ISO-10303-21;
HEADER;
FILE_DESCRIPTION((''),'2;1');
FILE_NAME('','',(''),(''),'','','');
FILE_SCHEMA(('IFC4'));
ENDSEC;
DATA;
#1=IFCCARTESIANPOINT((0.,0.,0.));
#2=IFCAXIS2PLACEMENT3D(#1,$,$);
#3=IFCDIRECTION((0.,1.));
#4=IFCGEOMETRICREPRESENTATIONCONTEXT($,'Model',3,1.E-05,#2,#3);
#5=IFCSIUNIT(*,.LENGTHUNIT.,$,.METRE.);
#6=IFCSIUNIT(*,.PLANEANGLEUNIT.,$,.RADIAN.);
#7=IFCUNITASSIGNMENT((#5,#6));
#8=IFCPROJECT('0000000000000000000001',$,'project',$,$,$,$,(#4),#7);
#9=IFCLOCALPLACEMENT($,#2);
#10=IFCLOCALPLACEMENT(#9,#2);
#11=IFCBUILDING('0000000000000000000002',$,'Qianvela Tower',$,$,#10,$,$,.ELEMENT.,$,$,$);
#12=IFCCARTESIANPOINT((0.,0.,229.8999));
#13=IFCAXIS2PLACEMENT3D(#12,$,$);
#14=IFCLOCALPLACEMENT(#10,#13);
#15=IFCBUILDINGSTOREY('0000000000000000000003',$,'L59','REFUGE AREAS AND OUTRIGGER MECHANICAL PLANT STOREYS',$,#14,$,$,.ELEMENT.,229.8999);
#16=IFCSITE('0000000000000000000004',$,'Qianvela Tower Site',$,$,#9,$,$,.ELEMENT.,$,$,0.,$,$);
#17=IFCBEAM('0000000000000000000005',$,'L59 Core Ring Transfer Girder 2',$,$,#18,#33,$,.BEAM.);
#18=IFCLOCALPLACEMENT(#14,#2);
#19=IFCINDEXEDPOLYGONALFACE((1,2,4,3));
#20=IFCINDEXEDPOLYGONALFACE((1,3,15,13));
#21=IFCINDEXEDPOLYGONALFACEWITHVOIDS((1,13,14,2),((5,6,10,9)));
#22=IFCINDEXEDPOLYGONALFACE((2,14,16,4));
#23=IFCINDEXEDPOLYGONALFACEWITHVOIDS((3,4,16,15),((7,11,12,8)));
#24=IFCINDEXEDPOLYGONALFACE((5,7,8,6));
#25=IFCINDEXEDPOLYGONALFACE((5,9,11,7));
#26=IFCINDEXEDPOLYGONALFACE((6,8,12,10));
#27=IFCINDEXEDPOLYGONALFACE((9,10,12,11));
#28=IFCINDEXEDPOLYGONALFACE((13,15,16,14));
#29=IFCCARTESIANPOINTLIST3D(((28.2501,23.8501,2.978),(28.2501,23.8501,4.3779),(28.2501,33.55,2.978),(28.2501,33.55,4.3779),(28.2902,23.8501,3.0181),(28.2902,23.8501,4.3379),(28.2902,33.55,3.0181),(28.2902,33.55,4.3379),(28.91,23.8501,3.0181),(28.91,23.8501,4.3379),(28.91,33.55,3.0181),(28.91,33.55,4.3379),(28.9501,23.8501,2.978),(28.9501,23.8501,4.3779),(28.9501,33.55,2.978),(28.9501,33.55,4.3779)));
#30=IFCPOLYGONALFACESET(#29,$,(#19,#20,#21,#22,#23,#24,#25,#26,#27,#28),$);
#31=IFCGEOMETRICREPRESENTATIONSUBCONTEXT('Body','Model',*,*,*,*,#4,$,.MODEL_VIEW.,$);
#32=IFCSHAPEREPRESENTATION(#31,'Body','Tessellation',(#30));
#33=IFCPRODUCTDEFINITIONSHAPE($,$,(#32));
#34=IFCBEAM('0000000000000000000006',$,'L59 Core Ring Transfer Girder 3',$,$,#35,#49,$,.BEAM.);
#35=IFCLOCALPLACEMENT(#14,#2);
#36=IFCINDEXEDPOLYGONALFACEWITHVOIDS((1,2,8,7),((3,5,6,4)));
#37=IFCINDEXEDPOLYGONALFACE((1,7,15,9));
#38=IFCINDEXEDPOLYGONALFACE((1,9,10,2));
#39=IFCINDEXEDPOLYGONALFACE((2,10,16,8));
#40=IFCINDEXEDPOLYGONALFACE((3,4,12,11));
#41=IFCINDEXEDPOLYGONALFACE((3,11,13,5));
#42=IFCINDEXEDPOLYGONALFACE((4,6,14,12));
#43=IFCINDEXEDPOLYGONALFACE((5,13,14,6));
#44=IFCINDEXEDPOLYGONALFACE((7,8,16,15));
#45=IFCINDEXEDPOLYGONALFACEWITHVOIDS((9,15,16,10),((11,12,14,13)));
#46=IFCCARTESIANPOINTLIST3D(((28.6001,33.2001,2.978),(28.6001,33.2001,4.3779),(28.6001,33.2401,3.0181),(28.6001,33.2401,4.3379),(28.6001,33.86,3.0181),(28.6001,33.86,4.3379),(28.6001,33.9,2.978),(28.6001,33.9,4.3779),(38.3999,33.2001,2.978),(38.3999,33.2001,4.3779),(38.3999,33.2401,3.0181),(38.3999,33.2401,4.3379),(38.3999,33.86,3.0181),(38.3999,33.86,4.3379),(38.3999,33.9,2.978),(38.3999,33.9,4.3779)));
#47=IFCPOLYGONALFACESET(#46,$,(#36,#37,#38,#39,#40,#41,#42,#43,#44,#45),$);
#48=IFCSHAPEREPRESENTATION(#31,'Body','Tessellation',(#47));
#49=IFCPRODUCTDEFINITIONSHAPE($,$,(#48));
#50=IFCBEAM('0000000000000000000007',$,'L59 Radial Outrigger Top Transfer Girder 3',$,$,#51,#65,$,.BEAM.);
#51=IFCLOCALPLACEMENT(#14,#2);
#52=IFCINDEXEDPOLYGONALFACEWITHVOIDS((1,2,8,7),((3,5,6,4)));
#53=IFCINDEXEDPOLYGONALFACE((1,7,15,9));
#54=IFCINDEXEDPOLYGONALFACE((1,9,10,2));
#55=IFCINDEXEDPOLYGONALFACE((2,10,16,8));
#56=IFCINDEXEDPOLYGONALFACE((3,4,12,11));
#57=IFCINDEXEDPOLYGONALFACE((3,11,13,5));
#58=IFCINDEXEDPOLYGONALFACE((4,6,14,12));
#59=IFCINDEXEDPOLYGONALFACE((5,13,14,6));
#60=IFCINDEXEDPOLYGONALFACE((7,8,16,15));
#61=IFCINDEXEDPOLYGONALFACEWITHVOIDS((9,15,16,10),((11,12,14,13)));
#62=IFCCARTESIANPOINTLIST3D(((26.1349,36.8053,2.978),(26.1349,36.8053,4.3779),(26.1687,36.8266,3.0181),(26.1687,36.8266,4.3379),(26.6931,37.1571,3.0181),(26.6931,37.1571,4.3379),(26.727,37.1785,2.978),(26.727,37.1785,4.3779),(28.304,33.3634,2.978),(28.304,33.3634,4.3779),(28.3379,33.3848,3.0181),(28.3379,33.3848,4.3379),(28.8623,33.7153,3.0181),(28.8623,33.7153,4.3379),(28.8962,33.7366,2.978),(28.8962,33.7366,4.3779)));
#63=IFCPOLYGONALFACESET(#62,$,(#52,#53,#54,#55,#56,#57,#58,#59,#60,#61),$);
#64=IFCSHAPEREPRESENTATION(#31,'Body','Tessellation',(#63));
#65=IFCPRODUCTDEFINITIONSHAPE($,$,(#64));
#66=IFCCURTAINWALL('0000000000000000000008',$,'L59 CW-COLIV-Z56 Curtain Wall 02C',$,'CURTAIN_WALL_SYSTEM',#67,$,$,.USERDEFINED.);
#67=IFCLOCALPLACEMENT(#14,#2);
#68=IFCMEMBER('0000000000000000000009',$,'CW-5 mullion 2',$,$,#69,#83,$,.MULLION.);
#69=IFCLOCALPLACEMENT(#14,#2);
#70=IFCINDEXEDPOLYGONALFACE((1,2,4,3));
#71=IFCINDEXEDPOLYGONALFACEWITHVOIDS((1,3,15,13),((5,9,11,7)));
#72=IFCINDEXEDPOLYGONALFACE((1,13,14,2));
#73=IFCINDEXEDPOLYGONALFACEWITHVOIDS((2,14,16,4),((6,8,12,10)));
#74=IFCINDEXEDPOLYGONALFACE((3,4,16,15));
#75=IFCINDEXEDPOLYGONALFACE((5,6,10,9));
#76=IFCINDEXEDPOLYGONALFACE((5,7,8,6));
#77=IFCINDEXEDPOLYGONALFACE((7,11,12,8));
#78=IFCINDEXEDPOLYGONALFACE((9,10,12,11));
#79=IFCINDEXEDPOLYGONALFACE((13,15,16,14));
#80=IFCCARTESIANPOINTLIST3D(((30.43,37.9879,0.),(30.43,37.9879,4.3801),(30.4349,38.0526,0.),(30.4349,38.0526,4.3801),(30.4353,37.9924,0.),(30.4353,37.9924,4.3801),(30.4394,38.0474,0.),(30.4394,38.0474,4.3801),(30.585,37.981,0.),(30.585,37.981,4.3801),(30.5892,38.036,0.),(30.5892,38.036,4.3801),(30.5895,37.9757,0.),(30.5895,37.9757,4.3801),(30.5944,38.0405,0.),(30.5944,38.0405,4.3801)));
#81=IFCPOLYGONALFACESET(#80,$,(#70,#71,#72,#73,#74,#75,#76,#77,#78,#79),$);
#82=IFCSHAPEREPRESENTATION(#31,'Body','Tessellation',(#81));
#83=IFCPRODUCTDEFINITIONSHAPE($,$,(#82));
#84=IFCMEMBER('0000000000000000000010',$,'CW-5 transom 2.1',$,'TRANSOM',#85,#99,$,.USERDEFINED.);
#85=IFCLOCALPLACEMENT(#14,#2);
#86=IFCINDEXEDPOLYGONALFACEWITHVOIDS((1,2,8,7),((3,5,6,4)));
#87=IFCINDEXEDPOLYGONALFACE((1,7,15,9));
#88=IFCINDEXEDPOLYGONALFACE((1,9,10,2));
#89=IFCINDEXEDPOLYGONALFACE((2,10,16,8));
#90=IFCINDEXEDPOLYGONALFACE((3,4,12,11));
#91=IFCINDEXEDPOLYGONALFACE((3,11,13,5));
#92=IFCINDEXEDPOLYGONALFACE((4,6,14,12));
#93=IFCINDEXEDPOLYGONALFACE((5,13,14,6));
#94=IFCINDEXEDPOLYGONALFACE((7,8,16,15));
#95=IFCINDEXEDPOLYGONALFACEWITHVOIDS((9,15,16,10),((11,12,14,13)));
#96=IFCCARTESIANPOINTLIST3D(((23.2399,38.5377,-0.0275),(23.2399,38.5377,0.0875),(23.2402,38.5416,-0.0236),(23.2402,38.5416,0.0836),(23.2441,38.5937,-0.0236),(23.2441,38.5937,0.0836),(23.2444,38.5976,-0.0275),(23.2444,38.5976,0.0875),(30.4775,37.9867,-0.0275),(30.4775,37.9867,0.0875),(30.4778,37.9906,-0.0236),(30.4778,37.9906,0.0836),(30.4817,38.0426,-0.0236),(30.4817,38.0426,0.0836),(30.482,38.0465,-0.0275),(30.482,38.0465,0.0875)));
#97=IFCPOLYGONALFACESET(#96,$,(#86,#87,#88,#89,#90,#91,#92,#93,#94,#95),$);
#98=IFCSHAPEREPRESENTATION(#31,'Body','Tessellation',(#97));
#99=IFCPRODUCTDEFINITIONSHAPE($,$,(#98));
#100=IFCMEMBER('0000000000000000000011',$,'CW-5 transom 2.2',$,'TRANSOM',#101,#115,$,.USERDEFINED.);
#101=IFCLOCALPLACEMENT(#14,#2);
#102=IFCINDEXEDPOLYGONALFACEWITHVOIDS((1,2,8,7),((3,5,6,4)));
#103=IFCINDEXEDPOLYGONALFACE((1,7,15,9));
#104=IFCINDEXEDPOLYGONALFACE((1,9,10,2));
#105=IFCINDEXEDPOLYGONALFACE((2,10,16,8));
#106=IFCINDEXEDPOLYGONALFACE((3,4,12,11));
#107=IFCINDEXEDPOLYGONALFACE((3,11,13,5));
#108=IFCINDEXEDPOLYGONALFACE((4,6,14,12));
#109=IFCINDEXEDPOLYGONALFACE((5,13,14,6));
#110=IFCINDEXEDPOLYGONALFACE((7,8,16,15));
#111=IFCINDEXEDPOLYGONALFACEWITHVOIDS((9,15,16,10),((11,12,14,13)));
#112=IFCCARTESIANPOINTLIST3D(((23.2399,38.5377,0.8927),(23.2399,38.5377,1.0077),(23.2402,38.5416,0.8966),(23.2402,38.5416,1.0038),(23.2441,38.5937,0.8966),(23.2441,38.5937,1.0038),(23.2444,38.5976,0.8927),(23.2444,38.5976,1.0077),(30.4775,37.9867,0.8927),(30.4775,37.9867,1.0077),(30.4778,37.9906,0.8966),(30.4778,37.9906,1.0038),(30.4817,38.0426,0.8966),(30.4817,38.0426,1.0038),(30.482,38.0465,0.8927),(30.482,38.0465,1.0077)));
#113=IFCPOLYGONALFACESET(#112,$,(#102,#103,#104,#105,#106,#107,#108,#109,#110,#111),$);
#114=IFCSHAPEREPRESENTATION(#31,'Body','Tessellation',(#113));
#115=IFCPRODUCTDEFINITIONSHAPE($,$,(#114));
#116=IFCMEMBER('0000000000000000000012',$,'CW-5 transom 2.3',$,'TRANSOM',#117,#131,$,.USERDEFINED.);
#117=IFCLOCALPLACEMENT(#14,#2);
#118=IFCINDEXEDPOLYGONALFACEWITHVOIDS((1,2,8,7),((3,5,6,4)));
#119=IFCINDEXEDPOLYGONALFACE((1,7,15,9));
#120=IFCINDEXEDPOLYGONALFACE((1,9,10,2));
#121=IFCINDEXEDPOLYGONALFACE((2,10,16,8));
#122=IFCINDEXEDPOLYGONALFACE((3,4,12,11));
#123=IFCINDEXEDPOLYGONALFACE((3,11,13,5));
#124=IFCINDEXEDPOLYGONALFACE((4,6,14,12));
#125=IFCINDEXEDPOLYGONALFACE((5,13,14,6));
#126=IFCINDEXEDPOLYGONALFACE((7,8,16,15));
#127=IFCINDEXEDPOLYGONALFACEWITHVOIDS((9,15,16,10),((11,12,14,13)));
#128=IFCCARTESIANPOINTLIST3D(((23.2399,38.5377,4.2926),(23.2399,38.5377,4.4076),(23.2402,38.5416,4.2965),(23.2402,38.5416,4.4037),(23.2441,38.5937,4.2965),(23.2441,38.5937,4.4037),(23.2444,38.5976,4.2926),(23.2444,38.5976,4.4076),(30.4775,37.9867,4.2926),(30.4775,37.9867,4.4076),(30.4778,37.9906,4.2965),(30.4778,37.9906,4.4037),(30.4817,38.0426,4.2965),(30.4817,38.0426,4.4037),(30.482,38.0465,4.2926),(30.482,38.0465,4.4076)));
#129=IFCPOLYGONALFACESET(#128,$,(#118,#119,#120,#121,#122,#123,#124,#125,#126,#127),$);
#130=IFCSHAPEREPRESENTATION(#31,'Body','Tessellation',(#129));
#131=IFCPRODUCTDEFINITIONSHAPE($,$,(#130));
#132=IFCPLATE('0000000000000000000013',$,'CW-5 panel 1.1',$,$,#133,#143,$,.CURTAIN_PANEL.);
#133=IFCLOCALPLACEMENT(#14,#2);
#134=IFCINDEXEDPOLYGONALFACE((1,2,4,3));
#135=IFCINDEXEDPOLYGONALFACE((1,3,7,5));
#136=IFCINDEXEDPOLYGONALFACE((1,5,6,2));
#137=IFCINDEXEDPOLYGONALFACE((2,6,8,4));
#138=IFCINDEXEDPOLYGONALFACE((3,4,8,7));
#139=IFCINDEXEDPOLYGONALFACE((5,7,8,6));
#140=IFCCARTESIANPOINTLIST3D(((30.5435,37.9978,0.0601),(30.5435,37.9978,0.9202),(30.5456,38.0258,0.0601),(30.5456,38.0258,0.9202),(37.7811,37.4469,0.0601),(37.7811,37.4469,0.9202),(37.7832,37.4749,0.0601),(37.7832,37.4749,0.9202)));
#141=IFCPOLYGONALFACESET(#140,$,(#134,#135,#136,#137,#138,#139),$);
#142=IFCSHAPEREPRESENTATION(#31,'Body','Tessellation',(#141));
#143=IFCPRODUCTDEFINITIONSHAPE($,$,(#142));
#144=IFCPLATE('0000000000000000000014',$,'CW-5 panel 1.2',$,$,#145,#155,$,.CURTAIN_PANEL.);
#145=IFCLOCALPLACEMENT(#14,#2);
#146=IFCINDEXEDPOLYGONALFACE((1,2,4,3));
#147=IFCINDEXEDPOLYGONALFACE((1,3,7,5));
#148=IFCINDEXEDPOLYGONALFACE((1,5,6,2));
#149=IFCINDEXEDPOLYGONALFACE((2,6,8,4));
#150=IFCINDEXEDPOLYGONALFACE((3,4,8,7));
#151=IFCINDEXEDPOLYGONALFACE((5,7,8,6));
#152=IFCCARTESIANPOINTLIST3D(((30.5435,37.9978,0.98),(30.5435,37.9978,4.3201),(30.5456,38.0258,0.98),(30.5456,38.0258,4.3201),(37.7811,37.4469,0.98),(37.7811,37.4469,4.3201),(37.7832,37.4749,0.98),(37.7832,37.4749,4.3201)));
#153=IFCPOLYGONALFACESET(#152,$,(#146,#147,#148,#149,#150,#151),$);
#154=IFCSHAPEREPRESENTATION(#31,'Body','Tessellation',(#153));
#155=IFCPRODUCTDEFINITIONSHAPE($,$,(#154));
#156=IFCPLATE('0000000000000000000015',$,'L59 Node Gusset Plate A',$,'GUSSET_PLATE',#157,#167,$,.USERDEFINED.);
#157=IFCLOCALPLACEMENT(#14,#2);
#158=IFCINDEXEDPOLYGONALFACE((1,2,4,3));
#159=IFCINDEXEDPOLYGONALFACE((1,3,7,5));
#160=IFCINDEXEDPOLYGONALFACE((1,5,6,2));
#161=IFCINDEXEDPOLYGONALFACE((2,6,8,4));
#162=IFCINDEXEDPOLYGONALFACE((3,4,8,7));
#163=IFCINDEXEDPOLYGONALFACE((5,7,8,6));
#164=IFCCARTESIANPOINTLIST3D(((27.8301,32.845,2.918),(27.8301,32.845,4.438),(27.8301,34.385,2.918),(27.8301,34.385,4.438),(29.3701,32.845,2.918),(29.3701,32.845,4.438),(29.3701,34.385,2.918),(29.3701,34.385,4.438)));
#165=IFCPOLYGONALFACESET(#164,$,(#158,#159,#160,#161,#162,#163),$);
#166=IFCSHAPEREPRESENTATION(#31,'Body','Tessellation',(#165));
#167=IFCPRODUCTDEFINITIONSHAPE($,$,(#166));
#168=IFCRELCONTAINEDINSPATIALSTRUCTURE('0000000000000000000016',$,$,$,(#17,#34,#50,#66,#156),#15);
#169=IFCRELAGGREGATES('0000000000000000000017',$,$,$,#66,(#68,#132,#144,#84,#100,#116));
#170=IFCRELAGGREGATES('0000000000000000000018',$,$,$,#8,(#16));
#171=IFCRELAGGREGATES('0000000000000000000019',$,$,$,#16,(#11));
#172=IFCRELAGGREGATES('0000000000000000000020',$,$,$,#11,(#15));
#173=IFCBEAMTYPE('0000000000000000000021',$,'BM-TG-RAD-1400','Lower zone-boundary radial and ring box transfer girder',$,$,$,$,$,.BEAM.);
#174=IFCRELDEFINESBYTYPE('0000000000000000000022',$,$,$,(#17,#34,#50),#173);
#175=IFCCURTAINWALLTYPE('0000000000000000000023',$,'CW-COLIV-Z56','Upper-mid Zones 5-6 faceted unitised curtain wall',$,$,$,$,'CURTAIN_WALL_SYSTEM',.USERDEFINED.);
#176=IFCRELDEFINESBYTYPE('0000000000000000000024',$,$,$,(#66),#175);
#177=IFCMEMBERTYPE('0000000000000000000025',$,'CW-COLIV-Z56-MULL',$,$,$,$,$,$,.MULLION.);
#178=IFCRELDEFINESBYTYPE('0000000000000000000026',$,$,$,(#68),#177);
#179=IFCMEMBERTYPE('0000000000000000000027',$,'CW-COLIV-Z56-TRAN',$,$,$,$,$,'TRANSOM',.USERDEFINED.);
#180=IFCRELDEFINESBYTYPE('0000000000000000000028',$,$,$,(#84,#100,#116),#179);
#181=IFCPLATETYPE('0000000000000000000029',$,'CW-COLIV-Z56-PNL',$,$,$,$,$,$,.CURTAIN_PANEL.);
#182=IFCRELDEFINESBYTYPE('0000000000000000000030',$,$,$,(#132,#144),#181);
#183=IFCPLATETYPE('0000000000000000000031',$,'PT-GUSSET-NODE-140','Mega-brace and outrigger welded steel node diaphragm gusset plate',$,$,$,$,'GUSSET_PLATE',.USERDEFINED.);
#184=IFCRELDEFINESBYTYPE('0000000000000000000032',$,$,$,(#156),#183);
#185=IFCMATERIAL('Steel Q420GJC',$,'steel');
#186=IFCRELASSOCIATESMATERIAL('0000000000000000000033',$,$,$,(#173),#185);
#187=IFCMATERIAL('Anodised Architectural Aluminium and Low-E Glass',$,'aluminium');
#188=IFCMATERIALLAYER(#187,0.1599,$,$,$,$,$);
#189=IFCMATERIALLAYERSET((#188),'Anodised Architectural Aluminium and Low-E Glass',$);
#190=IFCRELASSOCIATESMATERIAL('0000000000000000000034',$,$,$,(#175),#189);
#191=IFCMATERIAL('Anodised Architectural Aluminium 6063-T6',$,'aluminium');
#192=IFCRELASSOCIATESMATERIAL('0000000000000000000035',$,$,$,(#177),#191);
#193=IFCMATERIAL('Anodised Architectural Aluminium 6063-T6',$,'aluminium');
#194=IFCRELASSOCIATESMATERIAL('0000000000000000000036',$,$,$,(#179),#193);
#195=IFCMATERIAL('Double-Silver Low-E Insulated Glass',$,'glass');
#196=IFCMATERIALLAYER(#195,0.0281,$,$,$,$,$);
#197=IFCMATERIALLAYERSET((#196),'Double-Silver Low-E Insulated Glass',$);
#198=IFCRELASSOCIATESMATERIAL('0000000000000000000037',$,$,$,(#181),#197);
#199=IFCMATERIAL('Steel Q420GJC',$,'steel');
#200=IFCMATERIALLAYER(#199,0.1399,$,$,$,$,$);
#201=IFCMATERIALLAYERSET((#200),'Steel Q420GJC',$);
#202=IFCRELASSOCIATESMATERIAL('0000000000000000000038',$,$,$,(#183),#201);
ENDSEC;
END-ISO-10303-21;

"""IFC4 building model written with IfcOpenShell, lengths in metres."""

from ifc_helpers import new_model, si_unit, direction, frame, origin, origin_2d, place, context, subcontext, project, spatial, rectangle, hollow_rectangle, extrude, material, layer, layer_set, material_profile, profile_set, type_object, element, aggregate, save


model = new_model("IFC4")

# Units and contexts
model_context = context("Model", 3, precision=1e-05, world=origin(), true_north=direction((0.0, 1.0)))
body_context = subcontext(model_context, "Body", "Model", "MODEL_VIEW")
ifc_project = project(units=[si_unit("LENGTHUNIT", "METRE"), si_unit("PLANEANGLEUNIT", "RADIAN")], contexts=[model_context])

# Site, building, storey
site_placement = place(None, origin())
site = spatial("IfcSite", under=ifc_project, at=site_placement, Name="Qianvela Tower Site", CompositionType="ELEMENT", RefElevation=0.0)
building_placement = place(site_placement, origin())
building = spatial("IfcBuilding", under=site, at=building_placement, Name="Qianvela Tower", CompositionType="ELEMENT")
storey_placement = place(building_placement, frame((0.0, 0.0, 229.8999)))
storey = spatial("IfcBuildingStorey", under=building, at=storey_placement, Name="L59", Description="REFUGE AREAS AND OUTRIGGER MECHANICAL PLANT STOREYS", CompositionType="ELEMENT", Elevation=229.8999)

# Beams
ifc_material_1 = material(Name="Steel Q420GJC", Category="steel")
ifc_material_profile_1 = material_profile(ifc_material_1, hollow_rectangle(XDim=0.7, YDim=1.3999, WallThickness=0.04, at=origin_2d()), Name="TG-BOX-1400x700x40")
ifc_profile_set_1 = profile_set([ifc_material_profile_1], Name="Steel Q420GJC")
beam_type = type_object("IfcBeamType", Name="BM-TG-RAD-1400", Description="Lower zone-boundary radial and ring box transfer girder", PredefinedType="BEAM", material=ifc_profile_set_1)
beam_1_placement = place(storey_placement, frame((28.6001, 33.55, 3.678), z_axis=(0.0, -1.0, 0.0), x_axis=(1.0, 0.0, 0.0)))
element("IfcBeam", 1, at=beam_1_placement, inside=storey, type_object=beam_type, Name="L59 Core Ring Transfer Girder 2", PredefinedType="BEAM", context=body_context, shape_type="SweptSolid", body=[
    extrude(hollow_rectangle(XDim=0.7, YDim=1.3999, WallThickness=0.04, at=origin_2d()), origin(), (0.0, 0.0, 1.0), 9.7),
])
beam_2_placement = place(storey_placement, frame((28.6001, 33.55, 3.678), z_axis=(1.0, 0.0, 0.0), x_axis=(0.0, 1.0, 0.0)))
element("IfcBeam", 2, at=beam_2_placement, inside=storey, type_object=beam_type, Name="L59 Core Ring Transfer Girder 3", PredefinedType="BEAM", context=body_context, shape_type="SweptSolid", body=[
    extrude(hollow_rectangle(XDim=0.7, YDim=1.3999, WallThickness=0.04, at=origin_2d()), origin(), (0.0, 0.0, 1.0), 9.7998),
])
beam_3_placement = place(storey_placement, frame((28.6001, 33.55, 3.678), z_axis=(-0.533178, 0.846003, 0.0), x_axis=(-0.846003, -0.533178, 0.0)))
element("IfcBeam", 3, at=beam_3_placement, inside=storey, type_object=beam_type, Name="L59 Radial Outrigger Top Transfer Girder 3", PredefinedType="BEAM", context=body_context, shape_type="SweptSolid", body=[
    extrude(hollow_rectangle(XDim=0.7, YDim=1.3999, WallThickness=0.04, at=origin_2d()), origin(), (0.0, 0.0, 1.0), 4.0684),
])

# Curtain wall, members, plates
ifc_material_2 = material(Name="Anodised Architectural Aluminium and Low-E Glass", Category="aluminium")
ifc_layer_1 = layer(ifc_material_2, 0.1599)
ifc_layer_set_1 = layer_set([ifc_layer_1], Name="Anodised Architectural Aluminium and Low-E Glass")
curtain_wall_type = type_object("IfcCurtainWallType", Name="CW-COLIV-Z56", Description="Upper-mid Zones 5-6 faceted unitised curtain wall", ElementType="CURTAIN_WALL_SYSTEM", PredefinedType="USERDEFINED", material=ifc_layer_set_1)
curtain_wall_placement = place(storey_placement, origin())
curtain_wall = element("IfcCurtainWall", 4, at=curtain_wall_placement, inside=storey, type_object=curtain_wall_type, Name="L59 CW-COLIV-Z56 Curtain Wall 02C", ObjectType="CURTAIN_WALL_SYSTEM", PredefinedType="USERDEFINED")
ifc_material_3 = material(Name="Anodised Architectural Aluminium 6063-T6", Category="aluminium")
ifc_material_profile_2 = material_profile(ifc_material_3, hollow_rectangle(XDim=0.0649, YDim=0.1599, WallThickness=0.0049, at=origin_2d()), Name="ALU-MULL-65x160")
ifc_profile_set_2 = profile_set([ifc_material_profile_2], Name="Anodised Architectural Aluminium 6063-T6")
member_type_1 = type_object("IfcMemberType", Name="CW-COLIV-Z56-MULL", PredefinedType="MULLION", material=ifc_profile_set_2)
member_1_placement = place(storey_placement, frame((30.5122, 38.0142, 0.0), z_axis=(0.0, 0.0, 1.0), x_axis=(-0.075903, -0.997115, 0.0)))
member_1 = element("IfcMember", 5, at=member_1_placement, type_object=member_type_1, Name="CW-5 mullion 2", PredefinedType="MULLION", context=body_context, shape_type="SweptSolid", body=[
    extrude(hollow_rectangle(XDim=0.0649, YDim=0.1599, WallThickness=0.0049, at=origin_2d()), origin(), (0.0, 0.0, 1.0), 4.3801),
])
ifc_material_4 = material(Name="Anodised Architectural Aluminium 6063-T6", Category="aluminium")
ifc_material_profile_3 = material_profile(ifc_material_4, hollow_rectangle(XDim=0.0601, YDim=0.115, WallThickness=0.0039, at=origin_2d()), Name="ALU-TRAN-60x115")
ifc_profile_set_3 = profile_set([ifc_material_profile_3], Name="Anodised Architectural Aluminium 6063-T6")
member_type_2 = type_object("IfcMemberType", Name="CW-COLIV-Z56-TRAN", ElementType="TRANSOM", PredefinedType="USERDEFINED", material=ifc_profile_set_3)
member_2_placement = place(storey_placement, frame((30.4797, 38.0166, 0.03), z_axis=(-0.997114, 0.075915, 0.0), x_axis=(-0.075915, -0.997114, 0.0)))
member_2 = element("IfcMember", 6, at=member_2_placement, type_object=member_type_2, Name="CW-5 transom 2.1", ObjectType="TRANSOM", PredefinedType="USERDEFINED", context=body_context, shape_type="SweptSolid", body=[
    extrude(hollow_rectangle(XDim=0.0601, YDim=0.115, WallThickness=0.0039, at=origin_2d()), origin(), (0.0, 0.0, 1.0), 7.2585),
])
member_3_placement = place(storey_placement, frame((30.4797, 38.0166, 0.9502), z_axis=(-0.997114, 0.075915, 0.0), x_axis=(-0.075915, -0.997114, 0.0)))
member_3 = element("IfcMember", 7, at=member_3_placement, type_object=member_type_2, Name="CW-5 transom 2.2", ObjectType="TRANSOM", PredefinedType="USERDEFINED", context=body_context, shape_type="SweptSolid", body=[
    extrude(hollow_rectangle(XDim=0.0601, YDim=0.115, WallThickness=0.0039, at=origin_2d()), origin(), (0.0, 0.0, 1.0), 7.2585),
])
member_4_placement = place(storey_placement, frame((30.4797, 38.0166, 4.3501), z_axis=(-0.997114, 0.075915, 0.0), x_axis=(-0.075915, -0.997114, 0.0)))
member_4 = element("IfcMember", 8, at=member_4_placement, type_object=member_type_2, Name="CW-5 transom 2.3", ObjectType="TRANSOM", PredefinedType="USERDEFINED", context=body_context, shape_type="SweptSolid", body=[
    extrude(hollow_rectangle(XDim=0.0601, YDim=0.115, WallThickness=0.0039, at=origin_2d()), origin(), (0.0, 0.0, 1.0), 7.2585),
])
ifc_material_5 = material(Name="Double-Silver Low-E Insulated Glass", Category="glass")
ifc_layer_2 = layer(ifc_material_5, 0.0281)
ifc_layer_set_2 = layer_set([ifc_layer_2], Name="Double-Silver Low-E Insulated Glass")
plate_type_1 = type_object("IfcPlateType", Name="CW-COLIV-Z56-PNL", PredefinedType="CURTAIN_PANEL", material=ifc_layer_set_2)
plate_1_placement = place(storey_placement, frame((34.1633, 37.7363, 0.0601), z_axis=(0.0, 0.0, 1.0), x_axis=(-0.997115, 0.075903, 0.0)))
plate_1 = element("IfcPlate", 9, at=plate_1_placement, type_object=plate_type_1, Name="CW-5 panel 1.1", PredefinedType="CURTAIN_PANEL", context=body_context, shape_type="SweptSolid", body=[
    extrude(rectangle(XDim=7.2585, YDim=0.0281, at=origin_2d()), origin(), (0.0, 0.0, 1.0), 0.8601),
])
plate_2_placement = place(storey_placement, frame((34.1633, 37.7363, 0.98), z_axis=(0.0, 0.0, 1.0), x_axis=(-0.997115, 0.075903, 0.0)))
plate_2 = element("IfcPlate", 10, at=plate_2_placement, type_object=plate_type_1, Name="CW-5 panel 1.2", PredefinedType="CURTAIN_PANEL", context=body_context, shape_type="SweptSolid", body=[
    extrude(rectangle(XDim=7.2585, YDim=0.0281, at=origin_2d()), origin(), (0.0, 0.0, 1.0), 3.3401),
])
aggregate(curtain_wall, [member_1, plate_1, plate_2, member_2, member_3, member_4])

# Plate
ifc_material_6 = material(Name="Steel Q420GJC", Category="steel")
ifc_layer_3 = layer(ifc_material_6, 0.1399)
ifc_layer_set_3 = layer_set([ifc_layer_3], Name="Steel Q420GJC")
plate_type_2 = type_object("IfcPlateType", Name="PT-GUSSET-NODE-140", Description="Mega-brace and outrigger welded steel node diaphragm gusset plate", ElementType="GUSSET_PLATE", PredefinedType="USERDEFINED", material=ifc_layer_set_3)
plate_3_placement = place(storey_placement, frame((28.6001, 33.615, 2.918), z_axis=(0.0, 0.0, 1.0), x_axis=(1.0, 0.0, 0.0)))
element("IfcPlate", 11, at=plate_3_placement, inside=storey, type_object=plate_type_2, Name="L59 Node Gusset Plate A", ObjectType="GUSSET_PLATE", PredefinedType="USERDEFINED", context=body_context, shape_type="SweptSolid", body=[
    extrude(rectangle(XDim=1.54, YDim=1.54, at=origin_2d()), origin(), (0.0, 0.0, 1.0), 1.52),
])

save(model, "model.ifc")
